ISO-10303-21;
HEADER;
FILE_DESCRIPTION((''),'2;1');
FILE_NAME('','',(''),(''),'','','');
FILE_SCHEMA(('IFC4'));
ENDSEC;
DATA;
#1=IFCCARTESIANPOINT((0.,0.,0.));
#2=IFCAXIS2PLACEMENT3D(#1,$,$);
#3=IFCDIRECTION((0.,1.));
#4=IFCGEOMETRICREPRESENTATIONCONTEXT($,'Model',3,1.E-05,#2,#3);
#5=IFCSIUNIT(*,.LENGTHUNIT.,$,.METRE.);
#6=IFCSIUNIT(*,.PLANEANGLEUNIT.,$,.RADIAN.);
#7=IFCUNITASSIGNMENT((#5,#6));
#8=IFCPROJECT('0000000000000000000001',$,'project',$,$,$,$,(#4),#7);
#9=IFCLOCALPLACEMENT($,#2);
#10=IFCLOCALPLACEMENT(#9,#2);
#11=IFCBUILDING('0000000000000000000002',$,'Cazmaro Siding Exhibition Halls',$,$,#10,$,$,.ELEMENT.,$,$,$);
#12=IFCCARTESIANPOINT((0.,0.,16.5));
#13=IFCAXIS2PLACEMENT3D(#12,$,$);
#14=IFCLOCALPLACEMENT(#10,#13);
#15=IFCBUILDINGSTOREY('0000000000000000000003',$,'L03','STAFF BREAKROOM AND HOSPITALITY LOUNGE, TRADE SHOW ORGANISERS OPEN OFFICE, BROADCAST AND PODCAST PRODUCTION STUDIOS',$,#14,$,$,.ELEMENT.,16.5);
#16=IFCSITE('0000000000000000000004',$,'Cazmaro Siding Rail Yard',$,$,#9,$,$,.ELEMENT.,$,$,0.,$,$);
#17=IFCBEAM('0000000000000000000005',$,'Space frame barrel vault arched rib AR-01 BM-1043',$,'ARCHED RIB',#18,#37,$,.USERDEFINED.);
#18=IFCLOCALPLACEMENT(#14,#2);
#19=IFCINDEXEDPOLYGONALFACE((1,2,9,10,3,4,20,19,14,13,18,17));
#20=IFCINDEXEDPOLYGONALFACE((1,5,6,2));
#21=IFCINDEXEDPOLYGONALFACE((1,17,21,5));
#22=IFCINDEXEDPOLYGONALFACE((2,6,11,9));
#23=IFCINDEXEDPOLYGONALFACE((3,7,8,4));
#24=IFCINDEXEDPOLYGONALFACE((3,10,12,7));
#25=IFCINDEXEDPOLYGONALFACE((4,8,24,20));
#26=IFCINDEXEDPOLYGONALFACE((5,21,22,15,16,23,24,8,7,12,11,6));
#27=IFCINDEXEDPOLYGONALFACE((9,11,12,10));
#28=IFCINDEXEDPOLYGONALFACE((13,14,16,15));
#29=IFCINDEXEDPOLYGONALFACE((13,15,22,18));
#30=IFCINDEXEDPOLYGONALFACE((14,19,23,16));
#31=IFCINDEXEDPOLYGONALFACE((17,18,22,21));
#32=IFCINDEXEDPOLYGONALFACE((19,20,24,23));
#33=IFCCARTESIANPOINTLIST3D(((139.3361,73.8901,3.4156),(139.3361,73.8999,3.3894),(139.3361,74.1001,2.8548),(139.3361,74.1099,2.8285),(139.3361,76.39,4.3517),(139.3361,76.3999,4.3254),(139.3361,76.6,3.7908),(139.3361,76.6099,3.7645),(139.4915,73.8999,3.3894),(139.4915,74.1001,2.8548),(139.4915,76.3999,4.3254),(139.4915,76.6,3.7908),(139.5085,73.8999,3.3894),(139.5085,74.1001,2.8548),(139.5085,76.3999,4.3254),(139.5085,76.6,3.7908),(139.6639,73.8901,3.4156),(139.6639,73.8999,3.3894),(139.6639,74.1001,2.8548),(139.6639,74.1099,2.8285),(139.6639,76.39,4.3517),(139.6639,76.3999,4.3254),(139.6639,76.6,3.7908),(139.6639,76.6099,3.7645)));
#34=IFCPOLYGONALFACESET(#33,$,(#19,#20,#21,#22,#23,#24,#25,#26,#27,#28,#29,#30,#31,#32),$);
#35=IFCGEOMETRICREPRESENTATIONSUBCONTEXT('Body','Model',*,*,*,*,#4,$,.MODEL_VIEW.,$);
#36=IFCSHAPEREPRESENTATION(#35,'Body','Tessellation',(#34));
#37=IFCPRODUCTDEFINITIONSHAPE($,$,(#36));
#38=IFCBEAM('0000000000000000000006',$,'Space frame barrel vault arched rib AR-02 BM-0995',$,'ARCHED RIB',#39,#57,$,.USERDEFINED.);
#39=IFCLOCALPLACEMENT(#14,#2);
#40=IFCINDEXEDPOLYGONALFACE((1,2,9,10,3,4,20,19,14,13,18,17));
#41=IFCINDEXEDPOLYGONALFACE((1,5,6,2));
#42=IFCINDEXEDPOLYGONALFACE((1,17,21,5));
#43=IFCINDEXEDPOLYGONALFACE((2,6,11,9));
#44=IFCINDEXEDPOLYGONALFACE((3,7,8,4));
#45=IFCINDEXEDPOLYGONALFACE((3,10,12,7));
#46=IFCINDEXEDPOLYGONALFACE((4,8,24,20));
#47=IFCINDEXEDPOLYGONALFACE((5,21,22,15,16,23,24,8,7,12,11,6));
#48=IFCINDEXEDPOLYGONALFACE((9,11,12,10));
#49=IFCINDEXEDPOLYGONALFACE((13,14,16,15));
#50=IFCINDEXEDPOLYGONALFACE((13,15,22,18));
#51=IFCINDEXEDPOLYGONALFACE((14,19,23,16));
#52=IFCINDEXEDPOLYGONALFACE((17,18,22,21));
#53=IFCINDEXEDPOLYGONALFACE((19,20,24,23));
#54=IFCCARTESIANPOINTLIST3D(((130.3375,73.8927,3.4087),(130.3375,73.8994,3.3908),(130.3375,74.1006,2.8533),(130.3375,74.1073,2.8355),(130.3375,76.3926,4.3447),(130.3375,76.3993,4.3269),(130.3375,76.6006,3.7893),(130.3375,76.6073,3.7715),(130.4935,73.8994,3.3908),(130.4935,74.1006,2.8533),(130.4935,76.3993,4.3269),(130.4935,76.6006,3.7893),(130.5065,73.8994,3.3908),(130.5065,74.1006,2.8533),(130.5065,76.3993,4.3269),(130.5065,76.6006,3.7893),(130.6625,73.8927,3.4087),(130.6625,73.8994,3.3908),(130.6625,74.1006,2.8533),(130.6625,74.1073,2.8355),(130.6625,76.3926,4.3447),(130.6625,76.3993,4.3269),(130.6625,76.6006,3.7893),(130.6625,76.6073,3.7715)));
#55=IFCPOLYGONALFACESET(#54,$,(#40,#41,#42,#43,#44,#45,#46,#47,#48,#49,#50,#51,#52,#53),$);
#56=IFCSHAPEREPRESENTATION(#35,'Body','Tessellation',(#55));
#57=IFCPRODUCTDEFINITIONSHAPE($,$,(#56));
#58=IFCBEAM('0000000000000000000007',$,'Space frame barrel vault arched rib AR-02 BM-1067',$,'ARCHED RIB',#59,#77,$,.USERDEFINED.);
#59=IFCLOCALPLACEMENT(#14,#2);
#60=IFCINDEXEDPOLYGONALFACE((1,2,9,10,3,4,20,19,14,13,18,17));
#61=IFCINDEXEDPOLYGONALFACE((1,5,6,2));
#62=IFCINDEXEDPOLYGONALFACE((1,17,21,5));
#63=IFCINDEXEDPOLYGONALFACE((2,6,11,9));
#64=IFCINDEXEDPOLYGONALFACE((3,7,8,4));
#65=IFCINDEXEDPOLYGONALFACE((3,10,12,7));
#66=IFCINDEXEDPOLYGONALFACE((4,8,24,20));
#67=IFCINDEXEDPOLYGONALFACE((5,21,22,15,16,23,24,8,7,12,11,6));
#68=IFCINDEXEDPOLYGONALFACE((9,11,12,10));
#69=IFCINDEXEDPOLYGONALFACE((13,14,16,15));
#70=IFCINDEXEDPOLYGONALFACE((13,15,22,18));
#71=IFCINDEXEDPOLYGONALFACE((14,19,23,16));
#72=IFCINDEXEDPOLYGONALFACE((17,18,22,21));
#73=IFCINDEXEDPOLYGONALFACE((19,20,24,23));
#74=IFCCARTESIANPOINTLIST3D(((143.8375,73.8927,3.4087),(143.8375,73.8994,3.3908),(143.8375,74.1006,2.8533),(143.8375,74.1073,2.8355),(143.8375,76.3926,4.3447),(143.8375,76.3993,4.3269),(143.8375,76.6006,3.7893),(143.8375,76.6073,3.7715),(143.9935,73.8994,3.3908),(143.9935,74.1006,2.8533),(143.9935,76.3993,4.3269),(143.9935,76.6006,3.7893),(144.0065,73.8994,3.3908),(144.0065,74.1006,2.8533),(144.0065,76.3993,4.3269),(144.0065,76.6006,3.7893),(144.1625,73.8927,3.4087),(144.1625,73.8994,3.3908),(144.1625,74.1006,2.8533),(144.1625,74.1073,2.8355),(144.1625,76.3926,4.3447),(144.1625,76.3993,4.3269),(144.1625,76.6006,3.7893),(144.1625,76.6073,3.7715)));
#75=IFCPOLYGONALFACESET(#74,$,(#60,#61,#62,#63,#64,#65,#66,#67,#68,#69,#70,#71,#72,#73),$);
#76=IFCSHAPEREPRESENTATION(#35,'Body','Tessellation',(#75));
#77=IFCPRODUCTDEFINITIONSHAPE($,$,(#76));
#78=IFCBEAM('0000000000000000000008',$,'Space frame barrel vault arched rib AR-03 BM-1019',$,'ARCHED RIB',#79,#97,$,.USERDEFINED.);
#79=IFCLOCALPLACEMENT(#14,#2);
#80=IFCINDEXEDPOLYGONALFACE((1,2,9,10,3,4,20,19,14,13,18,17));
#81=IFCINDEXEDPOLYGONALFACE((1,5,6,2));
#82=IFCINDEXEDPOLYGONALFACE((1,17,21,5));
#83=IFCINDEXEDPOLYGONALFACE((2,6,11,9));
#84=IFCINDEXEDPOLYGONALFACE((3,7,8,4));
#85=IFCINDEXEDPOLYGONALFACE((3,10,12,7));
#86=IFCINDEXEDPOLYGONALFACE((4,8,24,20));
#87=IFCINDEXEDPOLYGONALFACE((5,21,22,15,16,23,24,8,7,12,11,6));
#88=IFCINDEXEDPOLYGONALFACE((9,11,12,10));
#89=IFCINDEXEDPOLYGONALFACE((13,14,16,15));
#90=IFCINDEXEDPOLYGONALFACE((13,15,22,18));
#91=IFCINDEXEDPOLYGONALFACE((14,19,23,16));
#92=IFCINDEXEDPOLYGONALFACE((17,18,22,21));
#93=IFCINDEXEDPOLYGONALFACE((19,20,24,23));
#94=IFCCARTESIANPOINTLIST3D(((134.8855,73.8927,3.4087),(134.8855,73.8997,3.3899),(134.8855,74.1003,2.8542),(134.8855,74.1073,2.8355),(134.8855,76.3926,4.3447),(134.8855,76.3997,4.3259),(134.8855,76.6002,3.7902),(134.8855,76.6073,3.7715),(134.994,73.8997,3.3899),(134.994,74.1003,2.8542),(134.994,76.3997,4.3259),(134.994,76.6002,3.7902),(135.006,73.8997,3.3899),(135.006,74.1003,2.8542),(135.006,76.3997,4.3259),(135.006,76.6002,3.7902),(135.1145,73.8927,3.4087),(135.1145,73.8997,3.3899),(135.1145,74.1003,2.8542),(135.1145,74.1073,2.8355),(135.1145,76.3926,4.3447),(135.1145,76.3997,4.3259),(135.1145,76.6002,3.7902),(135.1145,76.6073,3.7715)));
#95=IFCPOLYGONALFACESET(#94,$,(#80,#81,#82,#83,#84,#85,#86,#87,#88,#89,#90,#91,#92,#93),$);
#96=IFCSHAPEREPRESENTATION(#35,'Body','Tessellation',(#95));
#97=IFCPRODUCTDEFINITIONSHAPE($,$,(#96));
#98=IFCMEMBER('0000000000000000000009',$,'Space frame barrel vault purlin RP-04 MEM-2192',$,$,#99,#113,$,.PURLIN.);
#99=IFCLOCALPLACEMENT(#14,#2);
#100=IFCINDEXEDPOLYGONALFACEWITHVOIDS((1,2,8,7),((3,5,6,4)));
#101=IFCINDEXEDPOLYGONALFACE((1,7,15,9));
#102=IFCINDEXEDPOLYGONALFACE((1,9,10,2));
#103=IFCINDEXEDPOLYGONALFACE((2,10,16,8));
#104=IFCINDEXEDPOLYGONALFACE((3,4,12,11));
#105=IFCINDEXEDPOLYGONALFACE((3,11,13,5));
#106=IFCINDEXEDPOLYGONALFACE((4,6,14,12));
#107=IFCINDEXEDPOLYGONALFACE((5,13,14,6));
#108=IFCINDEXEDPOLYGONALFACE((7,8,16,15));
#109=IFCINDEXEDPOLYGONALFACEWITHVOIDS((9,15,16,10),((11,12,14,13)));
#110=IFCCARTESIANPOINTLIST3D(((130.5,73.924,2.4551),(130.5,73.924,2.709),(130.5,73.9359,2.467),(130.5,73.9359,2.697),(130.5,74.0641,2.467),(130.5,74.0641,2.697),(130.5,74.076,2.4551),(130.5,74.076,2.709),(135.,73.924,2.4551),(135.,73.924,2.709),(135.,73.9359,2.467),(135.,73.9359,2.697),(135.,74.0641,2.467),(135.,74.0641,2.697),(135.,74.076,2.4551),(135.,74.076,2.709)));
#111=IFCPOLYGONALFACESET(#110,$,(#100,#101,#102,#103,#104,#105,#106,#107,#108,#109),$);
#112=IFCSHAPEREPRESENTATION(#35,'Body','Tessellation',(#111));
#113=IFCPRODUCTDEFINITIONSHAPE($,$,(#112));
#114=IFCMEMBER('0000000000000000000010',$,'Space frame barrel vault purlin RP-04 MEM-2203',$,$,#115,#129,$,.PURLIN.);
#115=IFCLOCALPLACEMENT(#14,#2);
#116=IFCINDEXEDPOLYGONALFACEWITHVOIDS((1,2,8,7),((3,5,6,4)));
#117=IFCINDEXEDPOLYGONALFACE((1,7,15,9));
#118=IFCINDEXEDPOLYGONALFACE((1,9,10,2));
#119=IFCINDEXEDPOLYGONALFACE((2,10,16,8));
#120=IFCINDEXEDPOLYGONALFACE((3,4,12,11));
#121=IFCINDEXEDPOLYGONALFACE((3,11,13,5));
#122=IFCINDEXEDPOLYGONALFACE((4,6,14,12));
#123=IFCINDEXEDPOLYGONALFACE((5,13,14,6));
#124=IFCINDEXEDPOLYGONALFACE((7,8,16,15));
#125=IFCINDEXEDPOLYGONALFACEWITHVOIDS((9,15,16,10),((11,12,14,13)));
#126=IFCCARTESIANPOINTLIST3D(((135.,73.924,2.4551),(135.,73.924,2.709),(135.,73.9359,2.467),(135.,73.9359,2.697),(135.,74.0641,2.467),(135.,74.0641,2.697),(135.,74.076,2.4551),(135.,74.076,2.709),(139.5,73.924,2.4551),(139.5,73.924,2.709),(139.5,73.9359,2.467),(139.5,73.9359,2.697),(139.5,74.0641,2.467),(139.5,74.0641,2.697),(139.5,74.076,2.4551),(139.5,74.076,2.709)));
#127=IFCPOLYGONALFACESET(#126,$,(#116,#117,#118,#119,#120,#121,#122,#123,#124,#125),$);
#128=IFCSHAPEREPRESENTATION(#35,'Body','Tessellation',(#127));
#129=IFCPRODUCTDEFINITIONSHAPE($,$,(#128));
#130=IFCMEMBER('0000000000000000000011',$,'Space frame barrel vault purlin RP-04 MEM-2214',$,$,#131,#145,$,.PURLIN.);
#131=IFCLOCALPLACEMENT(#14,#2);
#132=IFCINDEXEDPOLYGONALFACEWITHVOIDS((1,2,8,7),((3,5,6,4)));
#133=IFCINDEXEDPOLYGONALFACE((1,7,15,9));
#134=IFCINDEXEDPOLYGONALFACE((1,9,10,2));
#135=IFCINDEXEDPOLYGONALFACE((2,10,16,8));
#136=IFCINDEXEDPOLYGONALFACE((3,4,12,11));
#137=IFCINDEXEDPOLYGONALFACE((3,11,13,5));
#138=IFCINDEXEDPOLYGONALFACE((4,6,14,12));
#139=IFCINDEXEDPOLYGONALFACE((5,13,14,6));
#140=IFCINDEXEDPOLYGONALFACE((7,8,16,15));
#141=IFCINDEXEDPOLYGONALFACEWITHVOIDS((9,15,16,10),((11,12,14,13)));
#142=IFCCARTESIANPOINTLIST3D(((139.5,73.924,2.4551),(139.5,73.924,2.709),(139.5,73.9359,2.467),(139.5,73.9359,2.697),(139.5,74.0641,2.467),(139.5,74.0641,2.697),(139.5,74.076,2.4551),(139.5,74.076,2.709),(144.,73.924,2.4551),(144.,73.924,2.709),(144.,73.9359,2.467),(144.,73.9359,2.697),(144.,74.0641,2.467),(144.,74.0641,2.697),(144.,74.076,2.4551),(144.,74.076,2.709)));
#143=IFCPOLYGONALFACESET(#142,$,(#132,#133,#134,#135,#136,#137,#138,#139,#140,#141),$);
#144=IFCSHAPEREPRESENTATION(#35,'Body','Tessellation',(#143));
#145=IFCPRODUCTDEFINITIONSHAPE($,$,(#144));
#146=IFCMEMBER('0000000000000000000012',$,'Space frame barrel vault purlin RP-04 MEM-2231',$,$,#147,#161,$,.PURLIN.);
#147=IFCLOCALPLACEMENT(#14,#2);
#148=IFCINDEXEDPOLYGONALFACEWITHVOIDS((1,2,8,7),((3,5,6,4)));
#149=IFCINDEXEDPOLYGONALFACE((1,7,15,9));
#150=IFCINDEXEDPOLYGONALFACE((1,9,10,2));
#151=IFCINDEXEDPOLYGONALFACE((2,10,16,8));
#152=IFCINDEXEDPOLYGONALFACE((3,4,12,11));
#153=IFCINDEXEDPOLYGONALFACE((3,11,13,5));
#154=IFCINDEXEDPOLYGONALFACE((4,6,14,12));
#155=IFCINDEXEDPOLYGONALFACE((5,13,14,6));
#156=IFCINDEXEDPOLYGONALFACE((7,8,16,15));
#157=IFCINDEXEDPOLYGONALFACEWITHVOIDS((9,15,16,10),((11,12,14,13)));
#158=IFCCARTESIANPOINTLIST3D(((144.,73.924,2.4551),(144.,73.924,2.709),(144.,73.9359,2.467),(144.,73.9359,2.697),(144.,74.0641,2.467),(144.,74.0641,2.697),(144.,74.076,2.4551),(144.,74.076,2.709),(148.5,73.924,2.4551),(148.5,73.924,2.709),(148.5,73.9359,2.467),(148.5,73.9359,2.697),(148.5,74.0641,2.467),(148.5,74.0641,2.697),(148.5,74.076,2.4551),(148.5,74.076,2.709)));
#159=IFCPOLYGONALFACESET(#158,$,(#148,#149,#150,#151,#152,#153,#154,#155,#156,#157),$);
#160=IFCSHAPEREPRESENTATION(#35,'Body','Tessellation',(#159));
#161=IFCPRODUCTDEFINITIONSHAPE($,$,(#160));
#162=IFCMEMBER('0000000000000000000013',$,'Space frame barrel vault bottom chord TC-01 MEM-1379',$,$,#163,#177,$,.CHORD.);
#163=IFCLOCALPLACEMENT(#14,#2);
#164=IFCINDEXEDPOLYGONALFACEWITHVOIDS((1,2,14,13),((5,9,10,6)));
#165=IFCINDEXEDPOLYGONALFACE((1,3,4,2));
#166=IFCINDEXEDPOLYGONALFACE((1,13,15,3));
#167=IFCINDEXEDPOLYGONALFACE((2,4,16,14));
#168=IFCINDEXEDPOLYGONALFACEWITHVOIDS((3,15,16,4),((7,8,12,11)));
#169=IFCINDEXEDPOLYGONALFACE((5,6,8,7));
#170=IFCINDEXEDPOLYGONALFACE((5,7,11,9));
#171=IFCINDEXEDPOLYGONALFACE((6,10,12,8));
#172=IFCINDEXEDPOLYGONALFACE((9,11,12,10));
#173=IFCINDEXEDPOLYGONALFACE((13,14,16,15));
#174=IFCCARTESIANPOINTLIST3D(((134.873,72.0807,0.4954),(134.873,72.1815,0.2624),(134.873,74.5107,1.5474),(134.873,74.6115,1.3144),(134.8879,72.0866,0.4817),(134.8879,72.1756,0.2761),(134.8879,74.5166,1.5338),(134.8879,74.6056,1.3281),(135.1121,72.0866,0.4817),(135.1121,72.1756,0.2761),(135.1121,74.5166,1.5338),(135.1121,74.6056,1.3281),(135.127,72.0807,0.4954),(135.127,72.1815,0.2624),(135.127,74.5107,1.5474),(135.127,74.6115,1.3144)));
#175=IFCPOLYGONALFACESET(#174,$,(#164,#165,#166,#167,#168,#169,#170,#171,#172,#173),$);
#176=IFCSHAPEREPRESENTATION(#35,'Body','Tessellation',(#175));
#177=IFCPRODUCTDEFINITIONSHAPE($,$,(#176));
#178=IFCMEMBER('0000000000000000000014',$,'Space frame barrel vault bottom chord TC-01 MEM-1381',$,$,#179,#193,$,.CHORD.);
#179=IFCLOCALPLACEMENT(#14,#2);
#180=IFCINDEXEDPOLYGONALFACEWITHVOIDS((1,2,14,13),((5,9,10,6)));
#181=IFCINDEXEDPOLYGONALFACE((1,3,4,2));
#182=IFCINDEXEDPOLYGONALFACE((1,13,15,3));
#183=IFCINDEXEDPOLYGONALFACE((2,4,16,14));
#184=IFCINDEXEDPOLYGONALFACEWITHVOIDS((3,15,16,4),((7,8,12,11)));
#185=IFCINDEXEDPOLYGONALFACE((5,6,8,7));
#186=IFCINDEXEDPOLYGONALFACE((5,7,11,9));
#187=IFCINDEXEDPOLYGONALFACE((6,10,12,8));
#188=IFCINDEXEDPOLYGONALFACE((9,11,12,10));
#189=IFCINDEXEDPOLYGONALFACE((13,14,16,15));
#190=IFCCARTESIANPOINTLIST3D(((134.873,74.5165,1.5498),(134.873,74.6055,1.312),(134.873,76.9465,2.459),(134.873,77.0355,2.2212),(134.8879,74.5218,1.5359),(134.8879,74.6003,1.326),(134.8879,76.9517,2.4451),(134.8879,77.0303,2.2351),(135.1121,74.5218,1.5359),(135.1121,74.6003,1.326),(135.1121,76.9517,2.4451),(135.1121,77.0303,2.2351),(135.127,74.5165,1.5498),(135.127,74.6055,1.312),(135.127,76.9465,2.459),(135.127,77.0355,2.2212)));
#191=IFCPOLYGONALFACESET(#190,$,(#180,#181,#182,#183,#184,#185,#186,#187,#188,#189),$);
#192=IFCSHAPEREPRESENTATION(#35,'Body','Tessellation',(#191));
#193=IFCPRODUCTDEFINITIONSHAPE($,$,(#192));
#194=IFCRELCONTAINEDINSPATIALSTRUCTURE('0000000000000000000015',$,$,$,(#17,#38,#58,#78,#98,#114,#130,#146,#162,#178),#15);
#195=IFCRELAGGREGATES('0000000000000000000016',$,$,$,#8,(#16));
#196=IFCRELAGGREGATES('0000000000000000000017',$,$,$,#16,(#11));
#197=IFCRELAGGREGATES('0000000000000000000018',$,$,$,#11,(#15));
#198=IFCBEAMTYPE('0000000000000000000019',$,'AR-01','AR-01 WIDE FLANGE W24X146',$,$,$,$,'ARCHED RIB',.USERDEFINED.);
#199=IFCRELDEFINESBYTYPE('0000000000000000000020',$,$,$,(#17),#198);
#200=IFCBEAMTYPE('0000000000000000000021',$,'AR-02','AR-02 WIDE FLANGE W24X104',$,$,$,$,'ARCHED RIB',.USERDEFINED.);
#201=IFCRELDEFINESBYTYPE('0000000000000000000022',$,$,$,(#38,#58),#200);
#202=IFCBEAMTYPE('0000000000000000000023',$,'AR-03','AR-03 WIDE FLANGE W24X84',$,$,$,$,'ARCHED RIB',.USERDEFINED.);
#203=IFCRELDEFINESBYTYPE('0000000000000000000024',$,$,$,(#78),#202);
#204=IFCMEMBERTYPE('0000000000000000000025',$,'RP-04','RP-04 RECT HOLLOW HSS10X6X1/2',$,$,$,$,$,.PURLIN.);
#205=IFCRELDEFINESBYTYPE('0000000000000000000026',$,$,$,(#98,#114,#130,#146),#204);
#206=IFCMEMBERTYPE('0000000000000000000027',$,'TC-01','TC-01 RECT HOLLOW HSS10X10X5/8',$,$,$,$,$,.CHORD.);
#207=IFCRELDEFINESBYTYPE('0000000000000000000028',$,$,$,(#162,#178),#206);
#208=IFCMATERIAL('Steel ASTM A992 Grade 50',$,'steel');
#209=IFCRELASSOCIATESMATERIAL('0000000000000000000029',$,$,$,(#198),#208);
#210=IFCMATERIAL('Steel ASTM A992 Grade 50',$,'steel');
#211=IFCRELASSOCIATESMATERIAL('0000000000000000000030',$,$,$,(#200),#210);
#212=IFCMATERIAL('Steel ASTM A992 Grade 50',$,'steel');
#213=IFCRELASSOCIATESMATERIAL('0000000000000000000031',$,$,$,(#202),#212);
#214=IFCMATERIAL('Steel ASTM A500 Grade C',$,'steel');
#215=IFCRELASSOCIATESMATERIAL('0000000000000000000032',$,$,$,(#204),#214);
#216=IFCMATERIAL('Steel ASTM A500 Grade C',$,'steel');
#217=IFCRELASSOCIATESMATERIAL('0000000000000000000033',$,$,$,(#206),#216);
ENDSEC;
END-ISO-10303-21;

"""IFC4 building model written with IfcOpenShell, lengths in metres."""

from ifc_helpers import new_model, si_unit, direction, frame, origin, origin_2d, place, context, subcontext, project, spatial, hollow_rectangle, i_section, extrude, material, material_profile, profile_set, type_object, element, save


model = new_model("IFC4")

# Units and contexts
model_context = context("Model", 3, precision=1e-05, world=origin(), true_north=direction((0.0, 1.0)))
body_context = subcontext(model_context, "Body", "Model", "MODEL_VIEW")
ifc_project = project(units=[si_unit("LENGTHUNIT", "METRE"), si_unit("PLANEANGLEUNIT", "RADIAN")], contexts=[model_context])

# Site, building, storey
site_placement = place(None, origin())
site = spatial("IfcSite", under=ifc_project, at=site_placement, Name="Cazmaro Siding Rail Yard", CompositionType="ELEMENT", RefElevation=0.0)
building_placement = place(site_placement, origin())
building = spatial("IfcBuilding", under=site, at=building_placement, Name="Cazmaro Siding Exhibition Halls", CompositionType="ELEMENT")
storey_placement = place(building_placement, frame((0.0, 0.0, 16.5)))
storey = spatial("IfcBuildingStorey", under=building, at=storey_placement, Name="L03", Description="STAFF BREAKROOM AND HOSPITALITY LOUNGE, TRADE SHOW ORGANISERS OPEN OFFICE, BROADCAST AND PODCAST PRODUCTION STUDIOS", CompositionType="ELEMENT", Elevation=16.5)

# Beams
ifc_material_1 = material(Name="Steel ASTM A992 Grade 50", Category="steel")
ifc_material_profile_1 = material_profile(ifc_material_1, i_section(OverallWidth=0.3279, OverallDepth=0.627, WebThickness=0.0171, FlangeThickness=0.0281, at=origin_2d()), Name="W24X146")
ifc_profile_set_1 = profile_set([ifc_material_profile_1], Name="Steel ASTM A992 Grade 50")
beam_type_1 = type_object("IfcBeamType", Name="AR-01", Description="AR-01 WIDE FLANGE W24X146", ElementType="ARCHED RIB", PredefinedType="USERDEFINED", material=ifc_profile_set_1)
beam_1_placement = place(storey_placement, frame((139.5, 74.0, 3.1221), z_axis=(0.0, 0.936509, 0.350642), x_axis=(-1.0, 0.0, 0.0)))
element("IfcBeam", 1, at=beam_1_placement, inside=storey, type_object=beam_type_1, Name="Space frame barrel vault arched rib AR-01 BM-1043", ObjectType="ARCHED RIB", PredefinedType="USERDEFINED", context=body_context, shape_type="SweptSolid", body=[
    extrude(i_section(OverallWidth=0.3279, OverallDepth=0.627, WebThickness=0.0171, FlangeThickness=0.0281, at=origin_2d()), origin(), (0.0, 0.0, 1.0), 2.6694),
])
ifc_material_2 = material(Name="Steel ASTM A992 Grade 50", Category="steel")
ifc_material_profile_2 = material_profile(ifc_material_2, i_section(OverallWidth=0.325, OverallDepth=0.6121, WebThickness=0.0129, FlangeThickness=0.019, at=origin_2d()), Name="W24X104")
ifc_profile_set_2 = profile_set([ifc_material_profile_2], Name="Steel ASTM A992 Grade 50")
beam_type_2 = type_object("IfcBeamType", Name="AR-02", Description="AR-02 WIDE FLANGE W24X104", ElementType="ARCHED RIB", PredefinedType="USERDEFINED", material=ifc_profile_set_2)
for number, where, z_axis, x_axis, name in (
    (2, (130.5, 74.0, 3.1221), (0.0, 0.936509, 0.350642), (-1.0, 0.0, 0.0), "Space frame barrel vault arched rib AR-02 BM-0995"),
    (3, (144.0, 74.0, 3.1221), (0.0, 0.936509, 0.350642), (-1.0, 0.0, 0.0), "Space frame barrel vault arched rib AR-02 BM-1067"),
):
    element("IfcBeam", number, at=place(storey_placement, frame(where, z_axis=z_axis, x_axis=x_axis)), inside=storey, type_object=beam_type_2, Name=name, ObjectType="ARCHED RIB", PredefinedType="USERDEFINED", context=body_context, shape_type="SweptSolid", body=[
        extrude(i_section(OverallWidth=0.325, OverallDepth=0.6121, WebThickness=0.0129, FlangeThickness=0.019, at=origin_2d()), origin(), (0.0, 0.0, 1.0), 2.6694),
    ])
ifc_material_3 = material(Name="Steel ASTM A992 Grade 50", Category="steel")
ifc_material_profile_3 = material_profile(ifc_material_3, i_section(OverallWidth=0.229, OverallDepth=0.6121, WebThickness=0.012, FlangeThickness=0.02, at=origin_2d()), Name="W24X84")
ifc_profile_set_3 = profile_set([ifc_material_profile_3], Name="Steel ASTM A992 Grade 50")
beam_type_3 = type_object("IfcBeamType", Name="AR-03", Description="AR-03 WIDE FLANGE W24X84", ElementType="ARCHED RIB", PredefinedType="USERDEFINED", material=ifc_profile_set_3)
beam_2_placement = place(storey_placement, frame((135.0, 74.0, 3.1221), z_axis=(0.0, 0.936509, 0.350642), x_axis=(-1.0, 0.0, 0.0)))
element("IfcBeam", 4, at=beam_2_placement, inside=storey, type_object=beam_type_3, Name="Space frame barrel vault arched rib AR-03 BM-1019", ObjectType="ARCHED RIB", PredefinedType="USERDEFINED", context=body_context, shape_type="SweptSolid", body=[
    extrude(i_section(OverallWidth=0.229, OverallDepth=0.6121, WebThickness=0.012, FlangeThickness=0.02, at=origin_2d()), origin(), (0.0, 0.0, 1.0), 2.6694),
])

# Members
ifc_material_4 = material(Name="Steel ASTM A500 Grade C", Category="steel")
ifc_material_profile_4 = material_profile(ifc_material_4, hollow_rectangle(XDim=0.1521, YDim=0.2539, WallThickness=0.012, at=origin_2d()), Name="HSS10X6X1/2")
ifc_profile_set_4 = profile_set([ifc_material_profile_4], Name="Steel ASTM A500 Grade C")
member_type_1 = type_object("IfcMemberType", Name="RP-04", Description="RP-04 RECT HOLLOW HSS10X6X1/2", PredefinedType="PURLIN", material=ifc_profile_set_4)
for number, where, z_axis, x_axis, name in (
    (5, (130.5, 74.0, 2.582), (1.0, 0.0, 0.0), (0.0, 1.0, 0.0), "Space frame barrel vault purlin RP-04 MEM-2192"),
    (6, (135.0, 74.0, 2.582), (1.0, 0.0, 0.0), (0.0, 1.0, 0.0), "Space frame barrel vault purlin RP-04 MEM-2203"),
    (7, (139.5, 74.0, 2.582), (1.0, 0.0, 0.0), (0.0, 1.0, 0.0), "Space frame barrel vault purlin RP-04 MEM-2214"),
    (8, (144.0, 74.0, 2.582), (1.0, 0.0, 0.0), (0.0, 1.0, 0.0), "Space frame barrel vault purlin RP-04 MEM-2231"),
):
    element("IfcMember", number, at=place(storey_placement, frame(where, z_axis=z_axis, x_axis=x_axis)), inside=storey, type_object=member_type_1, Name=name, PredefinedType="PURLIN", context=body_context, shape_type="SweptSolid", body=[
        extrude(hollow_rectangle(XDim=0.1521, YDim=0.2539, WallThickness=0.012, at=origin_2d()), origin(), (0.0, 0.0, 1.0), 4.5),
    ])
ifc_material_5 = material(Name="Steel ASTM A500 Grade C", Category="steel")
ifc_material_profile_5 = material_profile(ifc_material_5, hollow_rectangle(XDim=0.2539, YDim=0.2539, WallThickness=0.0149, at=origin_2d()), Name="HSS10X10X5/8")
ifc_profile_set_5 = profile_set([ifc_material_profile_5], Name="Steel ASTM A500 Grade C")
member_type_2 = type_object("IfcMemberType", Name="TC-01", Description="TC-01 RECT HOLLOW HSS10X10X5/8", PredefinedType="CHORD", material=ifc_profile_set_5)
member_1_placement = place(storey_placement, frame((135.0, 72.1311, 0.3789), z_axis=(0.0, 0.917689, 0.397299), x_axis=(-1.0, 0.0, 0.0)))
element("IfcMember", 9, at=member_1_placement, inside=storey, type_object=member_type_2, Name="Space frame barrel vault bottom chord TC-01 MEM-1379", PredefinedType="CHORD", context=body_context, shape_type="SweptSolid", body=[
    extrude(hollow_rectangle(XDim=0.2539, YDim=0.2539, WallThickness=0.0149, at=origin_2d()), origin(), (0.0, 0.0, 1.0), 2.6479),
])
member_2_placement = place(storey_placement, frame((135.0, 74.561, 1.4309), z_axis=(0.0, 0.936588, 0.350432), x_axis=(-1.0, 0.0, 0.0)))
element("IfcMember", 10, at=member_2_placement, inside=storey, type_object=member_type_2, Name="Space frame barrel vault bottom chord TC-01 MEM-1381", PredefinedType="CHORD", context=body_context, shape_type="SweptSolid", body=[
    extrude(hollow_rectangle(XDim=0.2539, YDim=0.2539, WallThickness=0.0149, at=origin_2d()), origin(), (0.0, 0.0, 1.0), 2.5945),
])

save(model, "model.ifc")
